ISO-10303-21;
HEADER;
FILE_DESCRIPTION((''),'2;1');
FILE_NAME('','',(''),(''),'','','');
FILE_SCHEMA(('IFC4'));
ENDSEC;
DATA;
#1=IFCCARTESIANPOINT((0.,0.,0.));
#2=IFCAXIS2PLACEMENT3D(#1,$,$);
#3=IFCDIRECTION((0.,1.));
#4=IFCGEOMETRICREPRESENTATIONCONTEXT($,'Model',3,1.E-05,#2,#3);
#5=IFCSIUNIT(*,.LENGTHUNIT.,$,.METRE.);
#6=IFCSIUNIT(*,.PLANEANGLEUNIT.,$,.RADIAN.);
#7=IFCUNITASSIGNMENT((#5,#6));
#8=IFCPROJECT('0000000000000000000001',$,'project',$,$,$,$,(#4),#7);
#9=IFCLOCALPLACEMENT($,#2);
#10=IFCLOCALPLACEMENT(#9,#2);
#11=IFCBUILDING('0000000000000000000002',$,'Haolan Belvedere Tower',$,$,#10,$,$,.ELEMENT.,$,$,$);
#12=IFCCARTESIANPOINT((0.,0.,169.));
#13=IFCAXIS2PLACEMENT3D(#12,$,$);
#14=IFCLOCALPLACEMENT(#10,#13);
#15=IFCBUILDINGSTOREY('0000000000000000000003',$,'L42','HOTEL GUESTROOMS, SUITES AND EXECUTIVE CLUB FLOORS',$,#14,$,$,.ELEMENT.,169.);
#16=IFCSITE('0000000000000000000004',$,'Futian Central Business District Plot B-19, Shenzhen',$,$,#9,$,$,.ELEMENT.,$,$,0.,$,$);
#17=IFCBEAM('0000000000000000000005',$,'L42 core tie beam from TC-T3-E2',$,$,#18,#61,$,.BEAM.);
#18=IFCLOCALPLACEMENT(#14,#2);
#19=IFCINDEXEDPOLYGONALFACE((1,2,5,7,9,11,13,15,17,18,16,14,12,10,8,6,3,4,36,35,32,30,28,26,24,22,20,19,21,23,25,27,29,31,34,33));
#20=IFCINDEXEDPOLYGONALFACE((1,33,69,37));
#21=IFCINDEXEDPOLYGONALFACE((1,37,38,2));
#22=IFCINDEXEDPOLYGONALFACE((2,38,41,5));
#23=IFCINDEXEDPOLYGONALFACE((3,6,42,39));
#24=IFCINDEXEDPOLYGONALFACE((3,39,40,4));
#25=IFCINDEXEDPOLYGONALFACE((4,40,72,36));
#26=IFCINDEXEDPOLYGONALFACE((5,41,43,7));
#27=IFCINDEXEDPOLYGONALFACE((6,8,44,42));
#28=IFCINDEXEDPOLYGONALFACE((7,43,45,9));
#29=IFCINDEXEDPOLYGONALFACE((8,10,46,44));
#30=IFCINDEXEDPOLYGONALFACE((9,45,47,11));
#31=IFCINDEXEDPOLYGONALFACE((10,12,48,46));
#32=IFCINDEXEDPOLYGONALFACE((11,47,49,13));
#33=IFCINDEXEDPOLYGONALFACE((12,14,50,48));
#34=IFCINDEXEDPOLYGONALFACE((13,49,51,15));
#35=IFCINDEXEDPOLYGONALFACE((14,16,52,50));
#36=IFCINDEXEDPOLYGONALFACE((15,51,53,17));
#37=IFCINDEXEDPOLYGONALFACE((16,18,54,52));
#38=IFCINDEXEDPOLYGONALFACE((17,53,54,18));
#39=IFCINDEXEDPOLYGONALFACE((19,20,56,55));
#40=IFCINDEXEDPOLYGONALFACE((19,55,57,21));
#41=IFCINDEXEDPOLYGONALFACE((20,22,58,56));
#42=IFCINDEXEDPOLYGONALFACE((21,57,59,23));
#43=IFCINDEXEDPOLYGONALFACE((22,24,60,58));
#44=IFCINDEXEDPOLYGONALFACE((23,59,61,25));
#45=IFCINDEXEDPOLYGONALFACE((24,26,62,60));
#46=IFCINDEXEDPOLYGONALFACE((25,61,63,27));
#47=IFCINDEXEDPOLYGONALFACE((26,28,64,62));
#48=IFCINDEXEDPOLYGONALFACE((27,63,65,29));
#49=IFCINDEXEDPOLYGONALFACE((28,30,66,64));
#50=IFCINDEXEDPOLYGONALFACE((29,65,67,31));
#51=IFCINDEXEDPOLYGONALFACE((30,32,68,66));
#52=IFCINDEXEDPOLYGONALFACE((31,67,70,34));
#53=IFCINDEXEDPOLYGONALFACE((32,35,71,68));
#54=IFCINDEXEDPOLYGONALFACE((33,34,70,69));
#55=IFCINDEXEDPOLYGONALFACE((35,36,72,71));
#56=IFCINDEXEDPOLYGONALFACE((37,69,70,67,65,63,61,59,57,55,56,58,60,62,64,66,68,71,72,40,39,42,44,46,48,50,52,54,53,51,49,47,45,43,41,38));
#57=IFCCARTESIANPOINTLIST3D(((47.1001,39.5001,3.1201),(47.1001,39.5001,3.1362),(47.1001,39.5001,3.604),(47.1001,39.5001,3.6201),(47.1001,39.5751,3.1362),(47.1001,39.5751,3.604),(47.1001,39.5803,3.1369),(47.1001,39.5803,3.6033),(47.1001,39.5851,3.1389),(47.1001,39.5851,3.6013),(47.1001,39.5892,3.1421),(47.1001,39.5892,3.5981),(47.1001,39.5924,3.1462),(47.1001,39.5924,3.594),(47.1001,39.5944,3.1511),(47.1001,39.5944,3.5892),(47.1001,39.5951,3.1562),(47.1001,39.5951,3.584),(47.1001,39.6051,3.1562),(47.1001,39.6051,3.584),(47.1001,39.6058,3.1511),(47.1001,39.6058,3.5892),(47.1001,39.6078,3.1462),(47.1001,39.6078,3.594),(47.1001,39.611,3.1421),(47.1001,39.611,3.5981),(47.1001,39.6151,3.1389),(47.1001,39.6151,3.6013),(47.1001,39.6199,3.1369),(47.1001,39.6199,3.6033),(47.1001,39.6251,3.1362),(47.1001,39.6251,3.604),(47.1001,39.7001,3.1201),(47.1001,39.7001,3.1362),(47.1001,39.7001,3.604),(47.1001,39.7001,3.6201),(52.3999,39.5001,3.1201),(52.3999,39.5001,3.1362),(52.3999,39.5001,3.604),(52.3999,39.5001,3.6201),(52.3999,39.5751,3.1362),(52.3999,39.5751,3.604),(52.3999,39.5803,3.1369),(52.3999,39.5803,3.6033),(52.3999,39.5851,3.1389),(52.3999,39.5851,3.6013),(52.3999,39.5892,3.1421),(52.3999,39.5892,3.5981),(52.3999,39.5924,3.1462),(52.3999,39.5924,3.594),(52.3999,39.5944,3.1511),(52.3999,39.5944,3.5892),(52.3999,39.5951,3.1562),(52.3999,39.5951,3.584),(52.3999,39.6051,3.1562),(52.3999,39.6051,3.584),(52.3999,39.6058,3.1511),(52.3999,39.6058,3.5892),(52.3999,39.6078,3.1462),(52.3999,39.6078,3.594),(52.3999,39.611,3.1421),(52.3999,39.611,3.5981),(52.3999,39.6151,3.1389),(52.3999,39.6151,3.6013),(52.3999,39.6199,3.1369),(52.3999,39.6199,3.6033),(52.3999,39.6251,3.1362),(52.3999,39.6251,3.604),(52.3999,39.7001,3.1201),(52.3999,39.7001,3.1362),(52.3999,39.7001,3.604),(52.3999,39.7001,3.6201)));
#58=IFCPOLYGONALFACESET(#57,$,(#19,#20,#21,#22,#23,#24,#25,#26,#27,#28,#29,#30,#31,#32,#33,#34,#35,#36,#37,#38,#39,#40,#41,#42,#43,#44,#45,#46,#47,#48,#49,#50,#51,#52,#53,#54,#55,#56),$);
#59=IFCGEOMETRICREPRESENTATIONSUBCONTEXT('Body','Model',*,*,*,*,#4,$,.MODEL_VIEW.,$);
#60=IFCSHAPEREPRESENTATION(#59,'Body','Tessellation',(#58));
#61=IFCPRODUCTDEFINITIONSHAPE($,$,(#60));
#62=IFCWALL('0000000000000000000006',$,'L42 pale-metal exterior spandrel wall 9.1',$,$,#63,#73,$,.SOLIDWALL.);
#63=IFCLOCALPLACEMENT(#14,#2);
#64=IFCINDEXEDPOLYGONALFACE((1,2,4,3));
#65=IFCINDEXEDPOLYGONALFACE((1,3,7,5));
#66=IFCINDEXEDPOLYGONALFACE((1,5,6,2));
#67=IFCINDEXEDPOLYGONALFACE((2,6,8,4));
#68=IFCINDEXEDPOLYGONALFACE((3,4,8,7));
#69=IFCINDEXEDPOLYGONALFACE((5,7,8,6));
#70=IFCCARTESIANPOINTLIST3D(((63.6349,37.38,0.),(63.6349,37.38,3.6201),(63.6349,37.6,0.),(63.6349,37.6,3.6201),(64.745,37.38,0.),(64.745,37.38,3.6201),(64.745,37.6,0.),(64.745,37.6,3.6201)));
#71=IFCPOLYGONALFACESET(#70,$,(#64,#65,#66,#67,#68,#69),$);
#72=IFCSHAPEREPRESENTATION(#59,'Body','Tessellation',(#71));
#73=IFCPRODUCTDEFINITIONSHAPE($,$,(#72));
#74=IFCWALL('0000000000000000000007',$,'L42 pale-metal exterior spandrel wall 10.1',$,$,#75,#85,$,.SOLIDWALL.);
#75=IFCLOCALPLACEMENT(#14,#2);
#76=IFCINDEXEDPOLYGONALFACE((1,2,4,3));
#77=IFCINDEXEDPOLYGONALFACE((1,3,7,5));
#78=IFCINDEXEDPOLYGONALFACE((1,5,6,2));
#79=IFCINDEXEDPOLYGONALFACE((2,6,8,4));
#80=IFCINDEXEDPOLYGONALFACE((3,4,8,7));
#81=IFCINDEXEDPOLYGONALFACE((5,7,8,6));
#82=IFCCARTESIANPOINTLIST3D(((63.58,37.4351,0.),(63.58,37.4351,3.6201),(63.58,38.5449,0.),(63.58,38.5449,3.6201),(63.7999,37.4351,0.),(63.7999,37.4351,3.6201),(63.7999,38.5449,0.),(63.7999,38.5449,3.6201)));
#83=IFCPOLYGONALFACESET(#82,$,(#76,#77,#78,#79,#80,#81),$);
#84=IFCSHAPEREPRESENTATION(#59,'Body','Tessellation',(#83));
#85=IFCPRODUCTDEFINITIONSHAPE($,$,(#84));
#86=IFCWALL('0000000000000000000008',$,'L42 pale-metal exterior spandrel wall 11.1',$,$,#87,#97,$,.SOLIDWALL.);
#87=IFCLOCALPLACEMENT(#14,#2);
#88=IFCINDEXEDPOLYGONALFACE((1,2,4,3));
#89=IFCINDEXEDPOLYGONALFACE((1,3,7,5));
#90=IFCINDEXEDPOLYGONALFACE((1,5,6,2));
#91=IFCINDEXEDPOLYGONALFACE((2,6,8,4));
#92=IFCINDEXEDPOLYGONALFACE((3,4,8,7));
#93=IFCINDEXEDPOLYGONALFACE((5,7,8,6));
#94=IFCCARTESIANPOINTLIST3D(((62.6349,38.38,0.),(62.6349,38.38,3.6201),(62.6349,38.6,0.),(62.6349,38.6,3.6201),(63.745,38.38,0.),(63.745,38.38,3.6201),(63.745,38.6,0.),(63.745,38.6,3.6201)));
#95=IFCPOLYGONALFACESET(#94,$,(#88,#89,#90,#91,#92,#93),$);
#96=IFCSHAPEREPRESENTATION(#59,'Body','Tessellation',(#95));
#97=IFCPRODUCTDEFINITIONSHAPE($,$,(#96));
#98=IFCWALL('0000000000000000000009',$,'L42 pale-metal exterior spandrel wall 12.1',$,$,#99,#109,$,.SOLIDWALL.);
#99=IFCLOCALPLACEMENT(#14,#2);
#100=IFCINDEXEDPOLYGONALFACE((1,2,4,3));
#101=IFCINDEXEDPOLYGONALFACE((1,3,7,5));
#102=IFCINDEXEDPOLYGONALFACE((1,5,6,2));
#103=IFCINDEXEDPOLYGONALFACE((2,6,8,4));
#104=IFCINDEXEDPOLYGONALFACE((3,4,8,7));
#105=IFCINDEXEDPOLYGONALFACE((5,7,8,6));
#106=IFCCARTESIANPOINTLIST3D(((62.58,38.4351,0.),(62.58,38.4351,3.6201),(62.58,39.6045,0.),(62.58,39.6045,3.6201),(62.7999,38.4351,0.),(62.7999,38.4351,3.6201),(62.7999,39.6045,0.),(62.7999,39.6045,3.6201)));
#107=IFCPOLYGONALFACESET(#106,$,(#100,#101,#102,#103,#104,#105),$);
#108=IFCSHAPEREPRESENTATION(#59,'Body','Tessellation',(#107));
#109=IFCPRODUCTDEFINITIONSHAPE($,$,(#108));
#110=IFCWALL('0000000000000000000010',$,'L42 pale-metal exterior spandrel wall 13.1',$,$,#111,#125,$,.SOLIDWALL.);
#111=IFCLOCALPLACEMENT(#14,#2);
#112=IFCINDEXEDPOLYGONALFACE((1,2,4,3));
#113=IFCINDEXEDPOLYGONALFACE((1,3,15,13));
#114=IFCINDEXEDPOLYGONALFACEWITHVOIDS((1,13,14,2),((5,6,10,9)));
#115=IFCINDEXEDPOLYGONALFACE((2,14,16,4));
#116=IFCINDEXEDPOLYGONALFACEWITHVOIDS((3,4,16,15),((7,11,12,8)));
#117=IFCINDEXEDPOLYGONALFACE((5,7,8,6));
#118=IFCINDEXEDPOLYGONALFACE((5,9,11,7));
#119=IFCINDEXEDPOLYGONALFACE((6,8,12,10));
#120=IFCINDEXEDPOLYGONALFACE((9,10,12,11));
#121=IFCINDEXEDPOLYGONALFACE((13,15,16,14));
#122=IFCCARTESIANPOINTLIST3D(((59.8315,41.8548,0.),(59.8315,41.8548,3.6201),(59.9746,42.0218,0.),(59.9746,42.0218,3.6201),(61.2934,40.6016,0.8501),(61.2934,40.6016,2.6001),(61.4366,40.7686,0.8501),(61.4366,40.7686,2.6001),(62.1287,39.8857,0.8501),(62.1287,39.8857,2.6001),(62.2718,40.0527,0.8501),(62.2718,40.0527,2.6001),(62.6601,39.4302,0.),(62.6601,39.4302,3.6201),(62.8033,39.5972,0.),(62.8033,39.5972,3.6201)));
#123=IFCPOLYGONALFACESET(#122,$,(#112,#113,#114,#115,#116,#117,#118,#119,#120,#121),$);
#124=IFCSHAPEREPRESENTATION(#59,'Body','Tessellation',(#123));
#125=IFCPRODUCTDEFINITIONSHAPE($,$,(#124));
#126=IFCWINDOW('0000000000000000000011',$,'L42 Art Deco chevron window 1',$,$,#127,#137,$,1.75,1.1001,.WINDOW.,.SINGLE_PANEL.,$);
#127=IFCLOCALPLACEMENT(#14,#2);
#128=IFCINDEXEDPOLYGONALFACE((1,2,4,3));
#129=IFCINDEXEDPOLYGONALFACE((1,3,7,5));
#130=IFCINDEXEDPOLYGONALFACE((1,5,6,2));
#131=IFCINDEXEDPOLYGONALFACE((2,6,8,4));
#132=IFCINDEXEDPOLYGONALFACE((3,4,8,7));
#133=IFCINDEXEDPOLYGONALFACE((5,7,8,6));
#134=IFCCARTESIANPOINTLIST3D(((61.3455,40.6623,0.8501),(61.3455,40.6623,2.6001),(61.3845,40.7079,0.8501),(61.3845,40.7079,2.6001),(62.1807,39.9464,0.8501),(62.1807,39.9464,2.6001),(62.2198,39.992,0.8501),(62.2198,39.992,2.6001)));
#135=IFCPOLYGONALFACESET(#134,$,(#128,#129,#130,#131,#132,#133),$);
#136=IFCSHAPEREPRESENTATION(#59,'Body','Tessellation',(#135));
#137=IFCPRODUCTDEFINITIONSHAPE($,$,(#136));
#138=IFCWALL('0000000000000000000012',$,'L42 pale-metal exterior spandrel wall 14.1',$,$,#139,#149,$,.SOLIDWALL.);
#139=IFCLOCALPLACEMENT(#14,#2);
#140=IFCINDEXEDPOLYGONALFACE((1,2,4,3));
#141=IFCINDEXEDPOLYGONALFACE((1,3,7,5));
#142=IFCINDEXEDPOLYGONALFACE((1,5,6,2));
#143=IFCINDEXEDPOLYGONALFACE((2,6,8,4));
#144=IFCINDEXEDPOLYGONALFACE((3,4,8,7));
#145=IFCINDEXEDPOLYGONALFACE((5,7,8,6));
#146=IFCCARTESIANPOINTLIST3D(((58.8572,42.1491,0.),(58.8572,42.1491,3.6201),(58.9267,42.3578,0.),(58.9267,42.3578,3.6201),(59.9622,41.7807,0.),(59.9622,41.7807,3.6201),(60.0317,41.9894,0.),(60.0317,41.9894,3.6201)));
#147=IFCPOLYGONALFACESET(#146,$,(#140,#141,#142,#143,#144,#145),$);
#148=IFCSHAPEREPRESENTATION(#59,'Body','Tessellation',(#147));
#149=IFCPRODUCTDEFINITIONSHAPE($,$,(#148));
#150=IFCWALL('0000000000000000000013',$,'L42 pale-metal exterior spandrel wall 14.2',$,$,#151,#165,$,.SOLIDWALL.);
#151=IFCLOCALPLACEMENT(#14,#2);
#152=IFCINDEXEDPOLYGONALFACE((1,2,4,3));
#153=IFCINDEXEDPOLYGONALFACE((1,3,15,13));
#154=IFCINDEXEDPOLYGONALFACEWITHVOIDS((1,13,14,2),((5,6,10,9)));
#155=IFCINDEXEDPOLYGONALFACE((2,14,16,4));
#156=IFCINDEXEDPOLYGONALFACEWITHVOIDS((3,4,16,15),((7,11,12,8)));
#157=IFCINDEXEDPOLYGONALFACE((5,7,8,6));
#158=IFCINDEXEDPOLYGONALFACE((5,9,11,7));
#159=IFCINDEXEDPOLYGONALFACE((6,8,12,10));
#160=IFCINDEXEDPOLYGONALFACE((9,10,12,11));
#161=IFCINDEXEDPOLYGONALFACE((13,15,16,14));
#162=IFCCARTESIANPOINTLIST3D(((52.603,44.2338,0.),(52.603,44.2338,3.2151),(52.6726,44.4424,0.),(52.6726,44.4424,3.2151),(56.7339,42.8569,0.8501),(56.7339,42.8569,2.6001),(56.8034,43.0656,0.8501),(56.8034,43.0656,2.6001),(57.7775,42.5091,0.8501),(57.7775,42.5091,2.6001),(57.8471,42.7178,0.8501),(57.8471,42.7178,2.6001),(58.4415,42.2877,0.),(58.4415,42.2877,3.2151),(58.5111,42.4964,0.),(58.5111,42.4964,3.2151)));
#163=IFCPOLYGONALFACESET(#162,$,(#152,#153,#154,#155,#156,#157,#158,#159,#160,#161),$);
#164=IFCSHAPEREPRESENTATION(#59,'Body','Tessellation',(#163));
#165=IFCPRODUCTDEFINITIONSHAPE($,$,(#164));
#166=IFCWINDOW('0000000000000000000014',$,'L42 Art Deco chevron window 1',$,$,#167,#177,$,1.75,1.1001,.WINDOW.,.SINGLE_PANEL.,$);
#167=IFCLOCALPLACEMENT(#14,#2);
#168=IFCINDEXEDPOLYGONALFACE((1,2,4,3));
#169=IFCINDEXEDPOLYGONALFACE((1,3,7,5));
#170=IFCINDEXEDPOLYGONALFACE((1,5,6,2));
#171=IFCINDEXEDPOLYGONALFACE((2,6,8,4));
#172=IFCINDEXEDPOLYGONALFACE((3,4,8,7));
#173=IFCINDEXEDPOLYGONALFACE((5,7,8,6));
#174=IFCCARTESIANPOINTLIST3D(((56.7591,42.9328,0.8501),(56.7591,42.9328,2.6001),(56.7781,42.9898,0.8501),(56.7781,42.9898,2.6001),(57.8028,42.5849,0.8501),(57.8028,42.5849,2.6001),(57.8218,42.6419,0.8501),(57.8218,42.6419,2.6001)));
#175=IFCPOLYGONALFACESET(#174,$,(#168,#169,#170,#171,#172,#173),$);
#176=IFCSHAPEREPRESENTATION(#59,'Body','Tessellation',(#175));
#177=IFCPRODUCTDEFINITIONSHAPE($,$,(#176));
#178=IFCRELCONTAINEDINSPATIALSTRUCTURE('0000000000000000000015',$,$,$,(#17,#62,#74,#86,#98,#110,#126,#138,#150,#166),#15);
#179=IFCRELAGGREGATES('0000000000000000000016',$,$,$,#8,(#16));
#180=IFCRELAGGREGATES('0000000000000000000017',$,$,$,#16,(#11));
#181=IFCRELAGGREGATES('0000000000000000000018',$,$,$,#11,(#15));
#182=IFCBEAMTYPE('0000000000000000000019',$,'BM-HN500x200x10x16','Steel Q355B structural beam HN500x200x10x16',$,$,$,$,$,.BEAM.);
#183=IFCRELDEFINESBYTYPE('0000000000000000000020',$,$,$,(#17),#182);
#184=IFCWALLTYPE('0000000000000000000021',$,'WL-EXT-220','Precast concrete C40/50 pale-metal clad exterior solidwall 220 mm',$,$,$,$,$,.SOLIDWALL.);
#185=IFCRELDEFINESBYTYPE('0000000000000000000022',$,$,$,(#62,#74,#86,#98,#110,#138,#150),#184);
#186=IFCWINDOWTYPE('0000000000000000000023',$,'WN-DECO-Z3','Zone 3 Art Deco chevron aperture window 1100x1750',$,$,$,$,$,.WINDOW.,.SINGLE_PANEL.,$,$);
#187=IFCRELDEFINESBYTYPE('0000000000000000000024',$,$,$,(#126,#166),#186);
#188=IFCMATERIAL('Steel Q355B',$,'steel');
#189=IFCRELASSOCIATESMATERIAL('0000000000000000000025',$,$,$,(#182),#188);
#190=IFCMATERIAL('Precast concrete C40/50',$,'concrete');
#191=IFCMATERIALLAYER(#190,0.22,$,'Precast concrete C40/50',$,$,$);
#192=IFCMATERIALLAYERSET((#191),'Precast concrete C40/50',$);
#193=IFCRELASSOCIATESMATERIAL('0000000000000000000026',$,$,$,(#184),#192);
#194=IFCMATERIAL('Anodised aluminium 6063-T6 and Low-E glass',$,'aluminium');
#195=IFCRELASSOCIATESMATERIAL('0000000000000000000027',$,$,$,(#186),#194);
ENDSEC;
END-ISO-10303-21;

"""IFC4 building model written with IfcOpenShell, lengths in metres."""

from ifc_helpers import new_model, si_unit, direction, frame, frame_2d, origin, origin_2d, place, context, subcontext, project, spatial, rectangle, i_section, extrude, material, layer, layer_set, material_profile, profile_set, type_object, element, fill, save


model = new_model("IFC4")

# Units and contexts
model_context = context("Model", 3, precision=1e-05, world=origin(), true_north=direction((0.0, 1.0)))
body_context = subcontext(model_context, "Body", "Model", "MODEL_VIEW")
ifc_project = project(units=[si_unit("LENGTHUNIT", "METRE"), si_unit("PLANEANGLEUNIT", "RADIAN")], contexts=[model_context])

# Site, building, storey
site_placement = place(None, origin())
site = spatial("IfcSite", under=ifc_project, at=site_placement, Name="Futian Central Business District Plot B-19, Shenzhen", CompositionType="ELEMENT", RefElevation=0.0)
building_placement = place(site_placement, origin())
building = spatial("IfcBuilding", under=site, at=building_placement, Name="Haolan Belvedere Tower", CompositionType="ELEMENT")
storey_placement = place(building_placement, frame((0.0, 0.0, 169.0)))
storey = spatial("IfcBuildingStorey", under=building, at=storey_placement, Name="L42", Description="HOTEL GUESTROOMS, SUITES AND EXECUTIVE CLUB FLOORS", CompositionType="ELEMENT", Elevation=169.0)

# Beam
ifc_material_1 = material(Name="Steel Q355B", Category="steel")
ifc_material_profile_1 = material_profile(ifc_material_1, i_section(OverallWidth=0.2, OverallDepth=0.5, WebThickness=0.01, FlangeThickness=0.0161, FilletRadius=0.02, at=origin_2d()), Name="Steel Q355B")
ifc_profile_set_1 = profile_set([ifc_material_profile_1], Name="Steel Q355B")
beam_type_1 = type_object("IfcBeamType", Name="BM-HN500x200x10x16", Description="Steel Q355B structural beam HN500x200x10x16", PredefinedType="BEAM", material=ifc_profile_set_1)
beam_1_placement = place(storey_placement, frame((52.3999, 39.6001, 3.3701), z_axis=(-1.0, 0.0, 0.0), x_axis=(0.0, -1.0, 0.0)))
element("IfcBeam", 1, at=beam_1_placement, inside=storey, type_object=beam_type_1, Name="L42 core tie beam from TC-T3-E2", PredefinedType="BEAM", context=body_context, shape_type="SweptSolid", body=[
    extrude(i_section(OverallWidth=0.2, OverallDepth=0.5, WebThickness=0.01, FlangeThickness=0.0161, FilletRadius=0.02, at=origin_2d()), origin(), (0.0, 0.0, 1.0), 5.2998),
])

# Walls
ifc_material_2 = material(Name="Precast concrete C40/50", Category="concrete")
ifc_layer_1 = layer(ifc_material_2, 0.22, Name="Precast concrete C40/50")
ifc_layer_set_1 = layer_set([ifc_layer_1], Name="Precast concrete C40/50")
wall_type_1 = type_object("IfcWallType", Name="WL-EXT-220", Description="Precast concrete C40/50 pale-metal clad exterior solidwall 220 mm", PredefinedType="SOLIDWALL", material=ifc_layer_set_1)
wall_1_placement = place(storey_placement, frame((64.7451, 37.49, 0.0), z_axis=(0.0, 0.0, 1.0), x_axis=(-1.0, 0.0, 0.0)))
element("IfcWall", 2, at=wall_1_placement, inside=storey, type_object=wall_type_1, Name="L42 pale-metal exterior spandrel wall 9.1", PredefinedType="SOLIDWALL", context=body_context, shape_type="SweptSolid", body=[
    extrude(rectangle(XDim=1.1101, YDim=0.22, at=frame_2d((0.5552, 0.0))), origin(), (0.0, 0.0, 1.0), 3.6201),
])
wall_2_placement = place(storey_placement, frame((63.6899, 37.4351, 0.0), z_axis=(0.0, 0.0, 1.0), x_axis=(0.0, 1.0, 0.0)))
element("IfcWall", 3, at=wall_2_placement, inside=storey, type_object=wall_type_1, Name="L42 pale-metal exterior spandrel wall 10.1", PredefinedType="SOLIDWALL", context=body_context, shape_type="SweptSolid", body=[
    extrude(rectangle(XDim=1.1099, YDim=0.22, at=frame_2d((0.5549, 0.0))), origin(), (0.0, 0.0, 1.0), 3.6201),
])
wall_3_placement = place(storey_placement, frame((63.7451, 38.49, 0.0), z_axis=(0.0, 0.0, 1.0), x_axis=(-1.0, 0.0, 0.0)))
element("IfcWall", 4, at=wall_3_placement, inside=storey, type_object=wall_type_1, Name="L42 pale-metal exterior spandrel wall 11.1", PredefinedType="SOLIDWALL", context=body_context, shape_type="SweptSolid", body=[
    extrude(rectangle(XDim=1.1101, YDim=0.22, at=frame_2d((0.5552, 0.0))), origin(), (0.0, 0.0, 1.0), 3.6201),
])
wall_4_placement = place(storey_placement, frame((62.6899, 38.4351, 0.0), z_axis=(0.0, 0.0, 1.0), x_axis=(0.0, 1.0, 0.0)))
element("IfcWall", 5, at=wall_4_placement, inside=storey, type_object=wall_type_1, Name="L42 pale-metal exterior spandrel wall 12.1", PredefinedType="SOLIDWALL", context=body_context, shape_type="SweptSolid", body=[
    extrude(rectangle(XDim=1.1694, YDim=0.22, at=frame_2d((0.5847, 0.0))), origin(), (0.0, 0.0, 1.0), 3.6201),
])

# Wall, opening, window
wall_5_placement = place(storey_placement, frame((62.7317, 39.5137, 0.0), z_axis=(0.0, 0.0, 1.0), x_axis=(-0.759252, 0.650797, 0.0)))
wall_5 = element("IfcWall", 6, at=wall_5_placement, inside=storey, type_object=wall_type_1, Name="L42 pale-metal exterior spandrel wall 13.1", PredefinedType="SOLIDWALL", context=body_context, shape_type="SweptSolid", body=[
    extrude(rectangle(XDim=3.7256, YDim=0.22, at=frame_2d((1.8628, 0.0))), origin(), (0.0, 0.0, 1.0), 3.6201),
])
opening_1_placement = place(wall_5_placement, frame((0.7, 0.0, 0.8501)))
opening_1 = element("IfcOpeningElement", 7, at=opening_1_placement, cuts=wall_5, PredefinedType="OPENING", context=body_context, shape_type="SweptSolid", body=[
    extrude(rectangle(XDim=1.1001, YDim=1.75, at=frame_2d((0.55, 0.875))), frame((0.0, 0.1199, 0.0), z_axis=(0.0, -1.0, 0.0), x_axis=(1.0, 0.0, 0.0)), (0.0, 0.0, 1.0), 0.24),
])
ifc_material_3 = material(Name="Anodised aluminium 6063-T6 and Low-E glass", Category="aluminium")
window_type = type_object("IfcWindowType", Name="WN-DECO-Z3", Description="Zone 3 Art Deco chevron aperture window 1100x1750", PartitioningType="SINGLE_PANEL", PredefinedType="WINDOW", material=ifc_material_3)
window_1_placement = place(opening_1_placement, origin())
window_1 = element("IfcWindow", 8, at=window_1_placement, inside=storey, type_object=window_type, Name="L42 Art Deco chevron window 1", OverallHeight=1.75, OverallWidth=1.1001, PartitioningType="SINGLE_PANEL", PredefinedType="WINDOW", context=body_context, shape_type="SweptSolid", body=[
    extrude(rectangle(XDim=1.1001, YDim=1.75, at=frame_2d((0.55, 0.875))), frame((0.0, 0.03, 0.0), z_axis=(0.0, -1.0, 0.0), x_axis=(1.0, 0.0, 0.0)), (0.0, 0.0, 1.0), 0.0601),
])
fill(opening_1, window_1)

# Wall
wall_6_placement = place(storey_placement, frame((59.9971, 41.885, 0.0), z_axis=(0.0, 0.0, 1.0), x_axis=(-0.948662, 0.316291, 0.0)))
element("IfcWall", 9, at=wall_6_placement, inside=storey, type_object=wall_type_1, Name="L42 pale-metal exterior spandrel wall 14.1", PredefinedType="SOLIDWALL", context=body_context, shape_type="SweptSolid", body=[
    extrude(rectangle(XDim=1.1648, YDim=0.22, at=frame_2d((0.5825, 0.0))), origin(), (0.0, 0.0, 1.0), 3.6201),
])

# Wall, opening, window
wall_7_placement = place(storey_placement, frame((58.4763, 42.3921, 0.0), z_axis=(0.0, 0.0, 1.0), x_axis=(-0.948691, 0.316204, 0.0)))
wall_7 = element("IfcWall", 10, at=wall_7_placement, inside=storey, type_object=wall_type_1, Name="L42 pale-metal exterior spandrel wall 14.2", PredefinedType="SOLIDWALL", context=body_context, shape_type="SweptSolid", body=[
    extrude(rectangle(XDim=6.1543, YDim=0.22, at=frame_2d((3.0771, 0.0))), origin(), (0.0, 0.0, 1.0), 3.2151),
])
opening_2_placement = place(wall_7_placement, frame((0.7, 0.0, 0.8501)))
opening_2 = element("IfcOpeningElement", 11, at=opening_2_placement, cuts=wall_7, PredefinedType="OPENING", context=body_context, shape_type="SweptSolid", body=[
    extrude(rectangle(XDim=1.1001, YDim=1.75, at=frame_2d((0.55, 0.875))), frame((0.0, 0.1199, 0.0), z_axis=(0.0, -1.0, 0.0), x_axis=(1.0, 0.0, 0.0)), (0.0, 0.0, 1.0), 0.24),
])
window_2_placement = place(opening_2_placement, origin())
window_2 = element("IfcWindow", 12, at=window_2_placement, inside=storey, type_object=window_type, Name="L42 Art Deco chevron window 1", OverallHeight=1.75, OverallWidth=1.1001, PartitioningType="SINGLE_PANEL", PredefinedType="WINDOW", context=body_context, shape_type="SweptSolid", body=[
    extrude(rectangle(XDim=1.1001, YDim=1.75, at=frame_2d((0.55, 0.875))), frame((0.0, 0.03, 0.0), z_axis=(0.0, -1.0, 0.0), x_axis=(1.0, 0.0, 0.0)), (0.0, 0.0, 1.0), 0.0601),
])
fill(opening_2, window_2)

save(model, "model.ifc")
